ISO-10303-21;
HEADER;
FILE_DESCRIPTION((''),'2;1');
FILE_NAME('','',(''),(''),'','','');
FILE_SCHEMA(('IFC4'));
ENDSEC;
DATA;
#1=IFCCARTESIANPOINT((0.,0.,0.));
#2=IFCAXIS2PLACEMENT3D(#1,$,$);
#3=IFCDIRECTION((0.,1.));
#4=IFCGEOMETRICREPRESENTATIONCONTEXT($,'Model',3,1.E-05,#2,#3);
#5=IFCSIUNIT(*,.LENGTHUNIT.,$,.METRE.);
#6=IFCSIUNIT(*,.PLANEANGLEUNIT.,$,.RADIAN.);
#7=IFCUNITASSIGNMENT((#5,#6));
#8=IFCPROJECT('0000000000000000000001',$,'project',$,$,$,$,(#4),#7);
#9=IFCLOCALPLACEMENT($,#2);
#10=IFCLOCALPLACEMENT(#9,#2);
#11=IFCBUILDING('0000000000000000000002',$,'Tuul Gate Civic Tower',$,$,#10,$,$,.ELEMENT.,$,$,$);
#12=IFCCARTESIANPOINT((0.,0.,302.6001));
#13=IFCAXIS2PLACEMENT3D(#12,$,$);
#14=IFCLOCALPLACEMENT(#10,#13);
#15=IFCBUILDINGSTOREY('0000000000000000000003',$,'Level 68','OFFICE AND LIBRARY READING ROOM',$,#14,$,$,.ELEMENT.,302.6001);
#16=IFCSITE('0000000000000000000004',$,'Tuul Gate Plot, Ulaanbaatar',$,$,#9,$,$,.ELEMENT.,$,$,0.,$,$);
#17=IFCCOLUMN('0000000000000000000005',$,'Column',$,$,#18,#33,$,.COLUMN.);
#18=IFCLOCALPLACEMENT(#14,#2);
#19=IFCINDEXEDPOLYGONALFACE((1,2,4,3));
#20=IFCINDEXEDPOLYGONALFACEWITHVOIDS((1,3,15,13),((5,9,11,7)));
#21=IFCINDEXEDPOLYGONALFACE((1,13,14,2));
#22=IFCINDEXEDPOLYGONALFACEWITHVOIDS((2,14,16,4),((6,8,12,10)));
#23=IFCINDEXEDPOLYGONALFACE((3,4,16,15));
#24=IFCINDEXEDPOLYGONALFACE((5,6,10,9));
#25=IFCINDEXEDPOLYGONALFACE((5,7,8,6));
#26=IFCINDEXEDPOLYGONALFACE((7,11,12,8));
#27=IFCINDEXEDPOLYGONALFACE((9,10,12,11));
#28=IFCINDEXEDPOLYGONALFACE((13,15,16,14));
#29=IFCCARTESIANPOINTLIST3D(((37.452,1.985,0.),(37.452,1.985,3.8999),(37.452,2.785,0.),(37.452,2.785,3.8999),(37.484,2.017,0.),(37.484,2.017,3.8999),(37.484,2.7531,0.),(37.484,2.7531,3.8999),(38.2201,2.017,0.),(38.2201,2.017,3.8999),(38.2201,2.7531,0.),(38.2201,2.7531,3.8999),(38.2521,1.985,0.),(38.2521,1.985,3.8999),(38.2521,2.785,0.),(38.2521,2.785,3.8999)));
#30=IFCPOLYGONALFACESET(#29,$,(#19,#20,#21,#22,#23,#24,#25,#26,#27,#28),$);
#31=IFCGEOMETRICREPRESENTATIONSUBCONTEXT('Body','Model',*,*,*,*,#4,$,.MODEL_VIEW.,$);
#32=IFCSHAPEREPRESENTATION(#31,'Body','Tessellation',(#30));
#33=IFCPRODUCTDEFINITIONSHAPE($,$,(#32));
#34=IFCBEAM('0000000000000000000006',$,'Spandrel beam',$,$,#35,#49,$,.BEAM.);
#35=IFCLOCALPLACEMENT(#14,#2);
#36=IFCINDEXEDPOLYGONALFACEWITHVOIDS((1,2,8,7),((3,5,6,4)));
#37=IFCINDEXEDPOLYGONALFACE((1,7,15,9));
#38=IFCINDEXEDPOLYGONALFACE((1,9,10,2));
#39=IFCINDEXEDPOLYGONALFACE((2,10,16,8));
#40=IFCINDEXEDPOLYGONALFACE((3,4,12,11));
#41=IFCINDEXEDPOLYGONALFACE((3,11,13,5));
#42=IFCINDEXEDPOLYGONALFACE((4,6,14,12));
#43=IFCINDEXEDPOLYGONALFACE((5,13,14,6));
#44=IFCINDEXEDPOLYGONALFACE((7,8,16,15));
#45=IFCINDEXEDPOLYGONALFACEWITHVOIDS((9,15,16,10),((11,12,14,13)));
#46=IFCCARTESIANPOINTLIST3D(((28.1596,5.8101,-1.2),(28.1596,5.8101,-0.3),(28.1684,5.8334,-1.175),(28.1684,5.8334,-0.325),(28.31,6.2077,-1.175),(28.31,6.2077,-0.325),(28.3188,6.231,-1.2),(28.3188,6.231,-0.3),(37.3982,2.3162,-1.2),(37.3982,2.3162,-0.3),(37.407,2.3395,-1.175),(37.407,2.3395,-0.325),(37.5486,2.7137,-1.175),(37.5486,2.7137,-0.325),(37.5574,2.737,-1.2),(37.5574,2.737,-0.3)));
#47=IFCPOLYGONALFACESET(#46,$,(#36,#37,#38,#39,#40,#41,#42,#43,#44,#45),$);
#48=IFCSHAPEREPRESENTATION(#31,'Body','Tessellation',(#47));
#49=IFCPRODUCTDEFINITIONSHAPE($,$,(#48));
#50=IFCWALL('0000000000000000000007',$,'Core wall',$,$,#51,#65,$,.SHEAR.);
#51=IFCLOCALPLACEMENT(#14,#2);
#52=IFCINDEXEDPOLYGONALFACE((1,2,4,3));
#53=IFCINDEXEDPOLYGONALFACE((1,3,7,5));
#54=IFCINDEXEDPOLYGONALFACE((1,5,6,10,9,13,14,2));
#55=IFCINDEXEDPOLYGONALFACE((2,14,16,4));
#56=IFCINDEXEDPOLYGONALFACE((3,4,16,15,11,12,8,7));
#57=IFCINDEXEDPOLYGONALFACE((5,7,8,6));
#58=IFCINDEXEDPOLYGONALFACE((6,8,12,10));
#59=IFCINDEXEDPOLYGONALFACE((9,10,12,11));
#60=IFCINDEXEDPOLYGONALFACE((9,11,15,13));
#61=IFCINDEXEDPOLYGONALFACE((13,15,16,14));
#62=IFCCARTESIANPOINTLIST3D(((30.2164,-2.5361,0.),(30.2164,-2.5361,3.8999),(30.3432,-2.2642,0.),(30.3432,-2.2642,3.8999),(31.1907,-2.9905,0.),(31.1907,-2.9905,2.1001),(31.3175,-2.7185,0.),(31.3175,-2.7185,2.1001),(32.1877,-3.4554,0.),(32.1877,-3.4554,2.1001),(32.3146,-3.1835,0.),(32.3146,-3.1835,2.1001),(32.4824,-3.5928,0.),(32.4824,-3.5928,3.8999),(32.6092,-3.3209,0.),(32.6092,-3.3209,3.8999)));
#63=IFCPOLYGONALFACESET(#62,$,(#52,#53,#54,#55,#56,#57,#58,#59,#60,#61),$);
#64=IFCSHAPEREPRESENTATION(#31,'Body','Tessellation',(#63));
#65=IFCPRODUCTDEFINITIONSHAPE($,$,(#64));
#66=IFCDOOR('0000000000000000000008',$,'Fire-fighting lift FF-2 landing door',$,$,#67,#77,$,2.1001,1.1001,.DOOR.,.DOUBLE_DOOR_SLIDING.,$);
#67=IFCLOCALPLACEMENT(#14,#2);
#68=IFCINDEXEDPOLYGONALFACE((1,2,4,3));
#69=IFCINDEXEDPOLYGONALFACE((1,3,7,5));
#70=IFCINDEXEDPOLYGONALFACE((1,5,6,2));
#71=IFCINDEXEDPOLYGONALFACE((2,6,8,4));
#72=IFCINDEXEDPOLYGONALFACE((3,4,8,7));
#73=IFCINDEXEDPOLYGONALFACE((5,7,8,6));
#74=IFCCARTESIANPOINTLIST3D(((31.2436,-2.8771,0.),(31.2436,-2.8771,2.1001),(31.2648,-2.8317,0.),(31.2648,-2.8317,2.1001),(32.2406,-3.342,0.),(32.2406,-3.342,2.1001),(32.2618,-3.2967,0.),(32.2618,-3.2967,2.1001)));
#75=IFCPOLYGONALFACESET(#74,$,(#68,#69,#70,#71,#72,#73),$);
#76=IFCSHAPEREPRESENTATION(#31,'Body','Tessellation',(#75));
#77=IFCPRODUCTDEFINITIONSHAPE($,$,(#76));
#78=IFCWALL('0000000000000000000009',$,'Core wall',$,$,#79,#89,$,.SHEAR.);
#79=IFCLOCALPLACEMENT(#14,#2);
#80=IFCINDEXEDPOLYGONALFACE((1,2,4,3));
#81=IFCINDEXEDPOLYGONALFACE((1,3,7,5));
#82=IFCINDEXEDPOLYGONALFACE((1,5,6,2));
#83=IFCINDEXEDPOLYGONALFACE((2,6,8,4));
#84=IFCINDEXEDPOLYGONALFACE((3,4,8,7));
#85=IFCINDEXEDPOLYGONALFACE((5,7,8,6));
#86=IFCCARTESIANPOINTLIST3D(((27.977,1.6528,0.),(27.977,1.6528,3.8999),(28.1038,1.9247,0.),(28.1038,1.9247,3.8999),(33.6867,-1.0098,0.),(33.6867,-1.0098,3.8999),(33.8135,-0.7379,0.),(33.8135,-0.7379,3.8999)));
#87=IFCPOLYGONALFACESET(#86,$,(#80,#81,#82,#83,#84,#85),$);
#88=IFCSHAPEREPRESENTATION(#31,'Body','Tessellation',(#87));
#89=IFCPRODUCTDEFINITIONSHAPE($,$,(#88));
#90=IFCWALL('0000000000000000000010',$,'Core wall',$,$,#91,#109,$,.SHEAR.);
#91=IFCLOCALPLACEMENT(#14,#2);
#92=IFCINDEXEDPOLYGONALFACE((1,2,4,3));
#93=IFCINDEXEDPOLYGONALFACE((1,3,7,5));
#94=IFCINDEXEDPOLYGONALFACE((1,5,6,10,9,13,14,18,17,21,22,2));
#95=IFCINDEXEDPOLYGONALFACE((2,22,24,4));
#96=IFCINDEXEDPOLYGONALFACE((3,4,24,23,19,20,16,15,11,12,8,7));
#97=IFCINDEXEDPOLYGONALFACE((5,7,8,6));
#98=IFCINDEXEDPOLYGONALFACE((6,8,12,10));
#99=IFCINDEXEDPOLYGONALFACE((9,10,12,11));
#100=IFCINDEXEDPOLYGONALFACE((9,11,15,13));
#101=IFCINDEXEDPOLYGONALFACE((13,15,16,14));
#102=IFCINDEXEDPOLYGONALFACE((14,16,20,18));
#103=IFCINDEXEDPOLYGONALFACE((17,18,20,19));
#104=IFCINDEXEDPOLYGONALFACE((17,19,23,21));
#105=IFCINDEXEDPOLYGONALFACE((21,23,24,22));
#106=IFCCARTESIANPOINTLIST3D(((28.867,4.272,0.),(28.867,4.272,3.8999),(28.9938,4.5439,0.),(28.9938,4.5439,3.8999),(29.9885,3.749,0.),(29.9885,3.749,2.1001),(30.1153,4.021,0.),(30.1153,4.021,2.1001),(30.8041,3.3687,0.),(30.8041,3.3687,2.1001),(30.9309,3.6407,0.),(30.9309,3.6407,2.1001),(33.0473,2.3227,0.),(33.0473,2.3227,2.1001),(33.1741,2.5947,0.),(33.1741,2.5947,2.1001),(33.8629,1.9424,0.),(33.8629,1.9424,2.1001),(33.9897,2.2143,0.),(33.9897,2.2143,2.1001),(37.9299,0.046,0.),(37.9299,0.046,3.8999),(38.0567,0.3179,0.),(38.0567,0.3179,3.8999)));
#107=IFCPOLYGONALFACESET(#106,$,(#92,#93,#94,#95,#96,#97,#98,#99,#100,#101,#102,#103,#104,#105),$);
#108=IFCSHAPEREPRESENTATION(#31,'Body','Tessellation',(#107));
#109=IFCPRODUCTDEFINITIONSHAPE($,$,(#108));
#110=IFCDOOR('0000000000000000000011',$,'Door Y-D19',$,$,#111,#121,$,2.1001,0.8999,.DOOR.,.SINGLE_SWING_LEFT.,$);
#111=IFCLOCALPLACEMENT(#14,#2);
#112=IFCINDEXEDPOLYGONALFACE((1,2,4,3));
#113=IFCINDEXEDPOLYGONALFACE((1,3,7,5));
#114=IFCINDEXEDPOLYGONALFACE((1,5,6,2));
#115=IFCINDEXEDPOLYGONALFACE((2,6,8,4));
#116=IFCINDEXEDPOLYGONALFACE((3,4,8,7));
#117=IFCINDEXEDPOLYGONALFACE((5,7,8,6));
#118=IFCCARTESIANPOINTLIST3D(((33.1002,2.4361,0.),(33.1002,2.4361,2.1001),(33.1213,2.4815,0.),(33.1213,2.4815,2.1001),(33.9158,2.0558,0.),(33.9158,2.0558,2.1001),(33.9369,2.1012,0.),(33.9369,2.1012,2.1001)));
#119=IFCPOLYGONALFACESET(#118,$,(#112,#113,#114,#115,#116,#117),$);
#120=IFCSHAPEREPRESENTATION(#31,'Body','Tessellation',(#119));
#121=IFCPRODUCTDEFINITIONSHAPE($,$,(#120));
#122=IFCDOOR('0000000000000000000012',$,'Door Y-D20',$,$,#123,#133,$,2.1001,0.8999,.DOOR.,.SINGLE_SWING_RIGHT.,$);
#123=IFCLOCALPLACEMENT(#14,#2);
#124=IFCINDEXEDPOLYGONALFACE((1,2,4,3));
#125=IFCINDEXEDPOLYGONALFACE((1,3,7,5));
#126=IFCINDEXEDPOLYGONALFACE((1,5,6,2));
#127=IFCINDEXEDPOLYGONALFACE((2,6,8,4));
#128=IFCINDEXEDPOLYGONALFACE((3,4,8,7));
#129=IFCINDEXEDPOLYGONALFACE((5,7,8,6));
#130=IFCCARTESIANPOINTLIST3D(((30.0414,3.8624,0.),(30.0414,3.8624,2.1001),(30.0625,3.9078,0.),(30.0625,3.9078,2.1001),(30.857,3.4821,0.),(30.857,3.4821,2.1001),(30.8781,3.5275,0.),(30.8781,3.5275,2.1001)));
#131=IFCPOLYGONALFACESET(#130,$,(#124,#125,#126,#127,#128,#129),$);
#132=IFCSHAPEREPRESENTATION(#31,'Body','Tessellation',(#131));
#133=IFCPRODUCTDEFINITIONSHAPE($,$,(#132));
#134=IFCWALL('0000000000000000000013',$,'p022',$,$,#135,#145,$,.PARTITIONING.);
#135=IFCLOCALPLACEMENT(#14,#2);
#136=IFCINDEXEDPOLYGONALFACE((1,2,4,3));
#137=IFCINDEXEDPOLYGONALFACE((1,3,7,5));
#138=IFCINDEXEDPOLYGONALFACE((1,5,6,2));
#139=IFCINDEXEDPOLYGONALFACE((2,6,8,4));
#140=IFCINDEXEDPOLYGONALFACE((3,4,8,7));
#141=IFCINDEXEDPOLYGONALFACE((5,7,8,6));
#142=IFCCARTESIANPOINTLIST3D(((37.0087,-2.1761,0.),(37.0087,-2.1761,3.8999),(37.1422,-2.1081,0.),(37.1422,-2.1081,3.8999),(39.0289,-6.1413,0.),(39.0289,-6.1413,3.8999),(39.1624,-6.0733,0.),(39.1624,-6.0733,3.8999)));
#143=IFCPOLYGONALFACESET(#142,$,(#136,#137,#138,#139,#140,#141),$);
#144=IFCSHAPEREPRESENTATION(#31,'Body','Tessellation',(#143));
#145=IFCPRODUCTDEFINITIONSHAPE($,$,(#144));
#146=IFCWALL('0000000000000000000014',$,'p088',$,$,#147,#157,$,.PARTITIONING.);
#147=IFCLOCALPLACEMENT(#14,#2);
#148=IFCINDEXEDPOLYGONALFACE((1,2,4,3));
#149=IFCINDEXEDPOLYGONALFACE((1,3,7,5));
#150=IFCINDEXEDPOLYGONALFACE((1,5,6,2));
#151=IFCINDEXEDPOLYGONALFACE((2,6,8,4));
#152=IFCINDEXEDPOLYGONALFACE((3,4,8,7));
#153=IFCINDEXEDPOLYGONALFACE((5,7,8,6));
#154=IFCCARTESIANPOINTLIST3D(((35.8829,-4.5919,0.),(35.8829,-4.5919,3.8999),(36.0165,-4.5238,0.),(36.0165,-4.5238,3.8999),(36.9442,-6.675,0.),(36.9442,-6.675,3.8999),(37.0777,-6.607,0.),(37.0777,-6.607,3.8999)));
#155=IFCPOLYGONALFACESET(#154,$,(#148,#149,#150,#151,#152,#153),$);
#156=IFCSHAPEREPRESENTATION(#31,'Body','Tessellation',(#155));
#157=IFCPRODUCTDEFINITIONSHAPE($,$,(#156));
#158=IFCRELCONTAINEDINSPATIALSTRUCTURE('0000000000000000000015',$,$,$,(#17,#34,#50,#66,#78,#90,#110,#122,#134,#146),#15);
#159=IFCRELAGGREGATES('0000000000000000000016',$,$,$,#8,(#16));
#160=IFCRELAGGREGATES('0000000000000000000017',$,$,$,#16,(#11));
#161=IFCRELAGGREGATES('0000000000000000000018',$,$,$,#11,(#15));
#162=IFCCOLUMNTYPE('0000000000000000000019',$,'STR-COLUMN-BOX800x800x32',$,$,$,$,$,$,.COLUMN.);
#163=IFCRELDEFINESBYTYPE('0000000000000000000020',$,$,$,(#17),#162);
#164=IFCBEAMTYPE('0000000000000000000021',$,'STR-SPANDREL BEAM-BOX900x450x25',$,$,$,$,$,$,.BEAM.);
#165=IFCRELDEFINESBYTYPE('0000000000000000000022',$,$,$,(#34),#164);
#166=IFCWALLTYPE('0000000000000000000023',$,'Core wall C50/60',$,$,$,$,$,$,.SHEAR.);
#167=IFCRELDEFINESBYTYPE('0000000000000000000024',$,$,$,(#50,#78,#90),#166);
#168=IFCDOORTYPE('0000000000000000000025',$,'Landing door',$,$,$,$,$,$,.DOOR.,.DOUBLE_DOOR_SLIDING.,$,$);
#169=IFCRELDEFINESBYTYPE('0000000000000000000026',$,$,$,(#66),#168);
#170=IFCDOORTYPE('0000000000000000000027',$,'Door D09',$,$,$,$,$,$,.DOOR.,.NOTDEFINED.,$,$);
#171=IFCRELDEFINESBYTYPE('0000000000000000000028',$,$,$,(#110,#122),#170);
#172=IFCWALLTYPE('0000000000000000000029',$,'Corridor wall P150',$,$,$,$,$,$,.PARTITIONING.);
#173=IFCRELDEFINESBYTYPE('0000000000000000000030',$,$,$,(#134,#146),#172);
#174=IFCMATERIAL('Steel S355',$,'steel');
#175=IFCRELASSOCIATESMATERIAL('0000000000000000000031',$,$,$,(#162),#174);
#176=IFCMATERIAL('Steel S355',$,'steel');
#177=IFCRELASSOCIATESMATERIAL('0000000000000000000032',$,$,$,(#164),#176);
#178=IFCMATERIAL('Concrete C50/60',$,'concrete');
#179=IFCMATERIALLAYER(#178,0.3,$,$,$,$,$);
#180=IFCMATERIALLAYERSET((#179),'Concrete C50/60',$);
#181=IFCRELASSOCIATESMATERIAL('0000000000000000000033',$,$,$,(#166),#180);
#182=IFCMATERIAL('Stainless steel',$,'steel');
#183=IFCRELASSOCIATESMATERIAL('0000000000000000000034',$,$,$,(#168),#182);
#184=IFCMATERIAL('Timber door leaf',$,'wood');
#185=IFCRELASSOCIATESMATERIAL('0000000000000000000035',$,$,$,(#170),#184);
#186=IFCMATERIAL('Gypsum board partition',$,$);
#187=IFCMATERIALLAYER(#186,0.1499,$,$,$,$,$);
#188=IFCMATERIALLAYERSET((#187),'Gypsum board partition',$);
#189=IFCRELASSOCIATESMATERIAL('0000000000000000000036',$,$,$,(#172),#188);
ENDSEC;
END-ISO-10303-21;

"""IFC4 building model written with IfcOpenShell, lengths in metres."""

from ifc_helpers import new_model, si_unit, direction, frame, frame_2d, origin, origin_2d, place, context, subcontext, project, spatial, rectangle, hollow_rectangle, extrude, material, layer, layer_set, material_profile, profile_set, type_object, element, fill, save


model = new_model("IFC4")

# Units and contexts
model_context = context("Model", 3, precision=1e-05, world=origin(), true_north=direction((0.0, 1.0)))
body_context = subcontext(model_context, "Body", "Model", "MODEL_VIEW")
ifc_project = project(units=[si_unit("LENGTHUNIT", "METRE"), si_unit("PLANEANGLEUNIT", "RADIAN")], contexts=[model_context])

# Site, building, storey
site_placement = place(None, origin())
site = spatial("IfcSite", under=ifc_project, at=site_placement, Name="Tuul Gate Plot, Ulaanbaatar", CompositionType="ELEMENT", RefElevation=0.0)
building_placement = place(site_placement, origin())
building = spatial("IfcBuilding", under=site, at=building_placement, Name="Tuul Gate Civic Tower", CompositionType="ELEMENT")
storey_placement = place(building_placement, frame((0.0, 0.0, 302.6001)))
storey = spatial("IfcBuildingStorey", under=building, at=storey_placement, Name="Level 68", Description="OFFICE AND LIBRARY READING ROOM", CompositionType="ELEMENT", Elevation=302.6001)

# Column
ifc_material_1 = material(Name="Steel S355", Category="steel")
ifc_material_profile_1 = material_profile(ifc_material_1, hollow_rectangle(XDim=0.8, YDim=0.8, WallThickness=0.032, at=origin_2d()), Name="BOX800x800x32")
ifc_profile_set_1 = profile_set([ifc_material_profile_1], Name="Steel S355")
column_type = type_object("IfcColumnType", Name="STR-COLUMN-BOX800x800x32", PredefinedType="COLUMN", material=ifc_profile_set_1)
column_placement = place(storey_placement, frame((37.8521, 2.385, 0.0), z_axis=(0.0, 0.0, 1.0), x_axis=(1.0, 0.0, 0.0)))
element("IfcColumn", 1, at=column_placement, inside=storey, type_object=column_type, Name="Column", PredefinedType="COLUMN", context=body_context, shape_type="SweptSolid", body=[
    extrude(hollow_rectangle(XDim=0.8, YDim=0.8, WallThickness=0.032, at=origin_2d()), origin(), (0.0, 0.0, 1.0), 3.8999),
])

# Beam
ifc_material_2 = material(Name="Steel S355", Category="steel")
ifc_material_profile_2 = material_profile(ifc_material_2, hollow_rectangle(XDim=0.45, YDim=0.8999, WallThickness=0.0249, at=origin_2d()), Name="BOX900x450x25")
ifc_profile_set_2 = profile_set([ifc_material_profile_2], Name="Steel S355")
beam_type = type_object("IfcBeamType", Name="STR-SPANDREL BEAM-BOX900x450x25", PredefinedType="BEAM", material=ifc_profile_set_2)
beam_placement = place(storey_placement, frame((37.4778, 2.5266, -0.75), z_axis=(-0.935345, 0.353736, 0.0), x_axis=(-0.353736, -0.935345, 0.0)))
element("IfcBeam", 2, at=beam_placement, inside=storey, type_object=beam_type, Name="Spandrel beam", PredefinedType="BEAM", context=body_context, shape_type="SweptSolid", body=[
    extrude(hollow_rectangle(XDim=0.45, YDim=0.8999, WallThickness=0.0249, at=origin_2d()), origin(), (0.0, 0.0, 1.0), 9.8772),
])

# Wall, opening, door
ifc_material_3 = material(Name="Concrete C50/60", Category="concrete")
ifc_layer_1 = layer(ifc_material_3, 0.3)
ifc_layer_set_1 = layer_set([ifc_layer_1], Name="Concrete C50/60")
wall_type_1 = type_object("IfcWallType", Name="Core wall C50/60", PredefinedType="SHEAR", material=ifc_layer_set_1)
wall_1_placement = place(storey_placement, frame((32.5457, -3.4568, 0.0), z_axis=(0.0, 0.0, 1.0), x_axis=(-0.9063, 0.422634, 0.0)))
wall_1 = element("IfcWall", 3, at=wall_1_placement, inside=storey, type_object=wall_type_1, Name="Core wall", PredefinedType="SHEAR", context=body_context, shape_type="SweptSolid", body=[
    extrude(rectangle(XDim=2.5002, YDim=0.3, at=frame_2d((1.25, 0.0))), origin(), (0.0, 0.0, 1.0), 3.8999),
])
opening_1_placement = place(wall_1_placement, frame((0.325, 0.0, 0.0)))
opening_1 = element("IfcOpeningElement", 4, at=opening_1_placement, cuts=wall_1, PredefinedType="OPENING", context=body_context, shape_type="SweptSolid", body=[
    extrude(rectangle(XDim=1.1001, YDim=2.1001, at=frame_2d((0.55, 1.05))), frame((0.0, 0.1602, 0.0), z_axis=(0.0, -1.0, 0.0), x_axis=(1.0, 0.0, 0.0)), (0.0, 0.0, 1.0), 0.3201),
])
ifc_material_4 = material(Name="Stainless steel", Category="steel")
door_type_1 = type_object("IfcDoorType", Name="Landing door", OperationType="DOUBLE_DOOR_SLIDING", PredefinedType="DOOR", material=ifc_material_4)
door_1_placement = place(opening_1_placement, origin())
door_1 = element("IfcDoor", 5, at=door_1_placement, inside=storey, type_object=door_type_1, Name="Fire-fighting lift FF-2 landing door", OperationType="DOUBLE_DOOR_SLIDING", OverallHeight=2.1001, OverallWidth=1.1001, PredefinedType="DOOR", context=body_context, shape_type="SweptSolid", body=[
    extrude(rectangle(XDim=1.1001, YDim=2.1001, at=frame_2d((0.55, 1.05))), frame((0.0, 0.0249, 0.0), z_axis=(0.0, -1.0, 0.0), x_axis=(1.0, 0.0, 0.0)), (0.0, 0.0, 1.0), 0.05),
])
fill(opening_1, door_1)

# Wall
wall_2_placement = place(storey_placement, frame((33.75, -0.8738, 0.0), z_axis=(0.0, 0.0, 1.0), x_axis=(-0.906301, 0.422633, 0.0)))
element("IfcWall", 6, at=wall_2_placement, inside=storey, type_object=wall_type_1, Name="Core wall", PredefinedType="SHEAR", context=body_context, shape_type="SweptSolid", body=[
    extrude(rectangle(XDim=6.3, YDim=0.3, at=frame_2d((3.1499, 0.0))), origin(), (0.0, 0.0, 1.0), 3.8999),
])

# Wall, openings, doors
wall_3_placement = place(storey_placement, frame((37.9934, 0.1819, 0.0), z_axis=(0.0, 0.0, 1.0), x_axis=(-0.90631, 0.422613, 0.0)))
wall_3 = element("IfcWall", 7, at=wall_3_placement, inside=storey, type_object=wall_type_1, Name="Core wall", PredefinedType="SHEAR", context=body_context, shape_type="SweptSolid", body=[
    extrude(rectangle(XDim=9.9998, YDim=0.3, at=frame_2d((5.0, 0.0))), origin(), (0.0, 0.0, 1.0), 3.8999),
])
opening_2_placement = place(wall_3_placement, frame((4.4875, 0.0, 0.0)))
opening_2 = element("IfcOpeningElement", 8, at=opening_2_placement, cuts=wall_3, PredefinedType="OPENING", context=body_context, shape_type="SweptSolid", body=[
    extrude(rectangle(XDim=0.8999, YDim=2.1001, at=frame_2d((0.45, 1.05))), frame((0.0, 0.1602, 0.0), z_axis=(0.0, -1.0, 0.0), x_axis=(1.0, 0.0, 0.0)), (0.0, 0.0, 1.0), 0.3201),
])
opening_3_placement = place(wall_3_placement, frame((7.8625, 0.0, 0.0)))
opening_3 = element("IfcOpeningElement", 9, at=opening_3_placement, cuts=wall_3, PredefinedType="OPENING", context=body_context, shape_type="SweptSolid", body=[
    extrude(rectangle(XDim=0.8999, YDim=2.1001, at=frame_2d((0.45, 1.05))), frame((0.0, 0.1602, 0.0), z_axis=(0.0, -1.0, 0.0), x_axis=(1.0, 0.0, 0.0)), (0.0, 0.0, 1.0), 0.3201),
])
ifc_material_5 = material(Name="Timber door leaf", Category="wood")
door_type_2 = type_object("IfcDoorType", Name="Door D09", OperationType="NOTDEFINED", PredefinedType="DOOR", material=ifc_material_5)
door_2_placement = place(opening_2_placement, origin())
door_2 = element("IfcDoor", 10, at=door_2_placement, inside=storey, type_object=door_type_2, Name="Door Y-D19", OperationType="SINGLE_SWING_LEFT", OverallHeight=2.1001, OverallWidth=0.8999, PredefinedType="DOOR", context=body_context, shape_type="SweptSolid", body=[
    extrude(rectangle(XDim=0.8999, YDim=2.1001, at=frame_2d((0.45, 1.05))), frame((0.0, 0.0249, 0.0), z_axis=(0.0, -1.0, 0.0), x_axis=(1.0, 0.0, 0.0)), (0.0, 0.0, 1.0), 0.05),
])
fill(opening_2, door_2)
door_3_placement = place(opening_3_placement, origin())
door_3 = element("IfcDoor", 11, at=door_3_placement, inside=storey, type_object=door_type_2, Name="Door Y-D20", OperationType="SINGLE_SWING_RIGHT", OverallHeight=2.1001, OverallWidth=0.8999, PredefinedType="DOOR", context=body_context, shape_type="SweptSolid", body=[
    extrude(rectangle(XDim=0.8999, YDim=2.1001, at=frame_2d((0.45, 1.05))), frame((0.0, 0.0249, 0.0), z_axis=(0.0, -1.0, 0.0), x_axis=(1.0, 0.0, 0.0)), (0.0, 0.0, 1.0), 0.05),
])
fill(opening_3, door_3)

# Walls
ifc_material_6 = material(Name="Gypsum board partition")
ifc_layer_2 = layer(ifc_material_6, 0.1499)
ifc_layer_set_2 = layer_set([ifc_layer_2], Name="Gypsum board partition")
wall_type_2 = type_object("IfcWallType", Name="Corridor wall P150", PredefinedType="PARTITIONING", material=ifc_layer_set_2)
wall_4_placement = place(storey_placement, frame((37.0754, -2.1421, 0.0), z_axis=(0.0, 0.0, 1.0), x_axis=(0.453959, -0.891022, 0.0)))
element("IfcWall", 12, at=wall_4_placement, inside=storey, type_object=wall_type_2, Name="p022", PredefinedType="PARTITIONING", context=body_context, shape_type="SweptSolid", body=[
    extrude(rectangle(XDim=4.4502, YDim=0.1499, at=frame_2d((2.2251, 0.0))), origin(), (0.0, 0.0, 1.0), 3.8999),
])
wall_5_placement = place(storey_placement, frame((35.9497, -4.5579, 0.0), z_axis=(0.0, 0.0, 1.0), x_axis=(0.453926, -0.891039, 0.0)))
element("IfcWall", 13, at=wall_5_placement, inside=storey, type_object=wall_type_2, Name="p088", PredefinedType="PARTITIONING", context=body_context, shape_type="SweptSolid", body=[
    extrude(rectangle(XDim=2.3379, YDim=0.1499, at=frame_2d((1.1689, 0.0))), origin(), (0.0, 0.0, 1.0), 3.8999),
])

save(model, "model.ifc")
